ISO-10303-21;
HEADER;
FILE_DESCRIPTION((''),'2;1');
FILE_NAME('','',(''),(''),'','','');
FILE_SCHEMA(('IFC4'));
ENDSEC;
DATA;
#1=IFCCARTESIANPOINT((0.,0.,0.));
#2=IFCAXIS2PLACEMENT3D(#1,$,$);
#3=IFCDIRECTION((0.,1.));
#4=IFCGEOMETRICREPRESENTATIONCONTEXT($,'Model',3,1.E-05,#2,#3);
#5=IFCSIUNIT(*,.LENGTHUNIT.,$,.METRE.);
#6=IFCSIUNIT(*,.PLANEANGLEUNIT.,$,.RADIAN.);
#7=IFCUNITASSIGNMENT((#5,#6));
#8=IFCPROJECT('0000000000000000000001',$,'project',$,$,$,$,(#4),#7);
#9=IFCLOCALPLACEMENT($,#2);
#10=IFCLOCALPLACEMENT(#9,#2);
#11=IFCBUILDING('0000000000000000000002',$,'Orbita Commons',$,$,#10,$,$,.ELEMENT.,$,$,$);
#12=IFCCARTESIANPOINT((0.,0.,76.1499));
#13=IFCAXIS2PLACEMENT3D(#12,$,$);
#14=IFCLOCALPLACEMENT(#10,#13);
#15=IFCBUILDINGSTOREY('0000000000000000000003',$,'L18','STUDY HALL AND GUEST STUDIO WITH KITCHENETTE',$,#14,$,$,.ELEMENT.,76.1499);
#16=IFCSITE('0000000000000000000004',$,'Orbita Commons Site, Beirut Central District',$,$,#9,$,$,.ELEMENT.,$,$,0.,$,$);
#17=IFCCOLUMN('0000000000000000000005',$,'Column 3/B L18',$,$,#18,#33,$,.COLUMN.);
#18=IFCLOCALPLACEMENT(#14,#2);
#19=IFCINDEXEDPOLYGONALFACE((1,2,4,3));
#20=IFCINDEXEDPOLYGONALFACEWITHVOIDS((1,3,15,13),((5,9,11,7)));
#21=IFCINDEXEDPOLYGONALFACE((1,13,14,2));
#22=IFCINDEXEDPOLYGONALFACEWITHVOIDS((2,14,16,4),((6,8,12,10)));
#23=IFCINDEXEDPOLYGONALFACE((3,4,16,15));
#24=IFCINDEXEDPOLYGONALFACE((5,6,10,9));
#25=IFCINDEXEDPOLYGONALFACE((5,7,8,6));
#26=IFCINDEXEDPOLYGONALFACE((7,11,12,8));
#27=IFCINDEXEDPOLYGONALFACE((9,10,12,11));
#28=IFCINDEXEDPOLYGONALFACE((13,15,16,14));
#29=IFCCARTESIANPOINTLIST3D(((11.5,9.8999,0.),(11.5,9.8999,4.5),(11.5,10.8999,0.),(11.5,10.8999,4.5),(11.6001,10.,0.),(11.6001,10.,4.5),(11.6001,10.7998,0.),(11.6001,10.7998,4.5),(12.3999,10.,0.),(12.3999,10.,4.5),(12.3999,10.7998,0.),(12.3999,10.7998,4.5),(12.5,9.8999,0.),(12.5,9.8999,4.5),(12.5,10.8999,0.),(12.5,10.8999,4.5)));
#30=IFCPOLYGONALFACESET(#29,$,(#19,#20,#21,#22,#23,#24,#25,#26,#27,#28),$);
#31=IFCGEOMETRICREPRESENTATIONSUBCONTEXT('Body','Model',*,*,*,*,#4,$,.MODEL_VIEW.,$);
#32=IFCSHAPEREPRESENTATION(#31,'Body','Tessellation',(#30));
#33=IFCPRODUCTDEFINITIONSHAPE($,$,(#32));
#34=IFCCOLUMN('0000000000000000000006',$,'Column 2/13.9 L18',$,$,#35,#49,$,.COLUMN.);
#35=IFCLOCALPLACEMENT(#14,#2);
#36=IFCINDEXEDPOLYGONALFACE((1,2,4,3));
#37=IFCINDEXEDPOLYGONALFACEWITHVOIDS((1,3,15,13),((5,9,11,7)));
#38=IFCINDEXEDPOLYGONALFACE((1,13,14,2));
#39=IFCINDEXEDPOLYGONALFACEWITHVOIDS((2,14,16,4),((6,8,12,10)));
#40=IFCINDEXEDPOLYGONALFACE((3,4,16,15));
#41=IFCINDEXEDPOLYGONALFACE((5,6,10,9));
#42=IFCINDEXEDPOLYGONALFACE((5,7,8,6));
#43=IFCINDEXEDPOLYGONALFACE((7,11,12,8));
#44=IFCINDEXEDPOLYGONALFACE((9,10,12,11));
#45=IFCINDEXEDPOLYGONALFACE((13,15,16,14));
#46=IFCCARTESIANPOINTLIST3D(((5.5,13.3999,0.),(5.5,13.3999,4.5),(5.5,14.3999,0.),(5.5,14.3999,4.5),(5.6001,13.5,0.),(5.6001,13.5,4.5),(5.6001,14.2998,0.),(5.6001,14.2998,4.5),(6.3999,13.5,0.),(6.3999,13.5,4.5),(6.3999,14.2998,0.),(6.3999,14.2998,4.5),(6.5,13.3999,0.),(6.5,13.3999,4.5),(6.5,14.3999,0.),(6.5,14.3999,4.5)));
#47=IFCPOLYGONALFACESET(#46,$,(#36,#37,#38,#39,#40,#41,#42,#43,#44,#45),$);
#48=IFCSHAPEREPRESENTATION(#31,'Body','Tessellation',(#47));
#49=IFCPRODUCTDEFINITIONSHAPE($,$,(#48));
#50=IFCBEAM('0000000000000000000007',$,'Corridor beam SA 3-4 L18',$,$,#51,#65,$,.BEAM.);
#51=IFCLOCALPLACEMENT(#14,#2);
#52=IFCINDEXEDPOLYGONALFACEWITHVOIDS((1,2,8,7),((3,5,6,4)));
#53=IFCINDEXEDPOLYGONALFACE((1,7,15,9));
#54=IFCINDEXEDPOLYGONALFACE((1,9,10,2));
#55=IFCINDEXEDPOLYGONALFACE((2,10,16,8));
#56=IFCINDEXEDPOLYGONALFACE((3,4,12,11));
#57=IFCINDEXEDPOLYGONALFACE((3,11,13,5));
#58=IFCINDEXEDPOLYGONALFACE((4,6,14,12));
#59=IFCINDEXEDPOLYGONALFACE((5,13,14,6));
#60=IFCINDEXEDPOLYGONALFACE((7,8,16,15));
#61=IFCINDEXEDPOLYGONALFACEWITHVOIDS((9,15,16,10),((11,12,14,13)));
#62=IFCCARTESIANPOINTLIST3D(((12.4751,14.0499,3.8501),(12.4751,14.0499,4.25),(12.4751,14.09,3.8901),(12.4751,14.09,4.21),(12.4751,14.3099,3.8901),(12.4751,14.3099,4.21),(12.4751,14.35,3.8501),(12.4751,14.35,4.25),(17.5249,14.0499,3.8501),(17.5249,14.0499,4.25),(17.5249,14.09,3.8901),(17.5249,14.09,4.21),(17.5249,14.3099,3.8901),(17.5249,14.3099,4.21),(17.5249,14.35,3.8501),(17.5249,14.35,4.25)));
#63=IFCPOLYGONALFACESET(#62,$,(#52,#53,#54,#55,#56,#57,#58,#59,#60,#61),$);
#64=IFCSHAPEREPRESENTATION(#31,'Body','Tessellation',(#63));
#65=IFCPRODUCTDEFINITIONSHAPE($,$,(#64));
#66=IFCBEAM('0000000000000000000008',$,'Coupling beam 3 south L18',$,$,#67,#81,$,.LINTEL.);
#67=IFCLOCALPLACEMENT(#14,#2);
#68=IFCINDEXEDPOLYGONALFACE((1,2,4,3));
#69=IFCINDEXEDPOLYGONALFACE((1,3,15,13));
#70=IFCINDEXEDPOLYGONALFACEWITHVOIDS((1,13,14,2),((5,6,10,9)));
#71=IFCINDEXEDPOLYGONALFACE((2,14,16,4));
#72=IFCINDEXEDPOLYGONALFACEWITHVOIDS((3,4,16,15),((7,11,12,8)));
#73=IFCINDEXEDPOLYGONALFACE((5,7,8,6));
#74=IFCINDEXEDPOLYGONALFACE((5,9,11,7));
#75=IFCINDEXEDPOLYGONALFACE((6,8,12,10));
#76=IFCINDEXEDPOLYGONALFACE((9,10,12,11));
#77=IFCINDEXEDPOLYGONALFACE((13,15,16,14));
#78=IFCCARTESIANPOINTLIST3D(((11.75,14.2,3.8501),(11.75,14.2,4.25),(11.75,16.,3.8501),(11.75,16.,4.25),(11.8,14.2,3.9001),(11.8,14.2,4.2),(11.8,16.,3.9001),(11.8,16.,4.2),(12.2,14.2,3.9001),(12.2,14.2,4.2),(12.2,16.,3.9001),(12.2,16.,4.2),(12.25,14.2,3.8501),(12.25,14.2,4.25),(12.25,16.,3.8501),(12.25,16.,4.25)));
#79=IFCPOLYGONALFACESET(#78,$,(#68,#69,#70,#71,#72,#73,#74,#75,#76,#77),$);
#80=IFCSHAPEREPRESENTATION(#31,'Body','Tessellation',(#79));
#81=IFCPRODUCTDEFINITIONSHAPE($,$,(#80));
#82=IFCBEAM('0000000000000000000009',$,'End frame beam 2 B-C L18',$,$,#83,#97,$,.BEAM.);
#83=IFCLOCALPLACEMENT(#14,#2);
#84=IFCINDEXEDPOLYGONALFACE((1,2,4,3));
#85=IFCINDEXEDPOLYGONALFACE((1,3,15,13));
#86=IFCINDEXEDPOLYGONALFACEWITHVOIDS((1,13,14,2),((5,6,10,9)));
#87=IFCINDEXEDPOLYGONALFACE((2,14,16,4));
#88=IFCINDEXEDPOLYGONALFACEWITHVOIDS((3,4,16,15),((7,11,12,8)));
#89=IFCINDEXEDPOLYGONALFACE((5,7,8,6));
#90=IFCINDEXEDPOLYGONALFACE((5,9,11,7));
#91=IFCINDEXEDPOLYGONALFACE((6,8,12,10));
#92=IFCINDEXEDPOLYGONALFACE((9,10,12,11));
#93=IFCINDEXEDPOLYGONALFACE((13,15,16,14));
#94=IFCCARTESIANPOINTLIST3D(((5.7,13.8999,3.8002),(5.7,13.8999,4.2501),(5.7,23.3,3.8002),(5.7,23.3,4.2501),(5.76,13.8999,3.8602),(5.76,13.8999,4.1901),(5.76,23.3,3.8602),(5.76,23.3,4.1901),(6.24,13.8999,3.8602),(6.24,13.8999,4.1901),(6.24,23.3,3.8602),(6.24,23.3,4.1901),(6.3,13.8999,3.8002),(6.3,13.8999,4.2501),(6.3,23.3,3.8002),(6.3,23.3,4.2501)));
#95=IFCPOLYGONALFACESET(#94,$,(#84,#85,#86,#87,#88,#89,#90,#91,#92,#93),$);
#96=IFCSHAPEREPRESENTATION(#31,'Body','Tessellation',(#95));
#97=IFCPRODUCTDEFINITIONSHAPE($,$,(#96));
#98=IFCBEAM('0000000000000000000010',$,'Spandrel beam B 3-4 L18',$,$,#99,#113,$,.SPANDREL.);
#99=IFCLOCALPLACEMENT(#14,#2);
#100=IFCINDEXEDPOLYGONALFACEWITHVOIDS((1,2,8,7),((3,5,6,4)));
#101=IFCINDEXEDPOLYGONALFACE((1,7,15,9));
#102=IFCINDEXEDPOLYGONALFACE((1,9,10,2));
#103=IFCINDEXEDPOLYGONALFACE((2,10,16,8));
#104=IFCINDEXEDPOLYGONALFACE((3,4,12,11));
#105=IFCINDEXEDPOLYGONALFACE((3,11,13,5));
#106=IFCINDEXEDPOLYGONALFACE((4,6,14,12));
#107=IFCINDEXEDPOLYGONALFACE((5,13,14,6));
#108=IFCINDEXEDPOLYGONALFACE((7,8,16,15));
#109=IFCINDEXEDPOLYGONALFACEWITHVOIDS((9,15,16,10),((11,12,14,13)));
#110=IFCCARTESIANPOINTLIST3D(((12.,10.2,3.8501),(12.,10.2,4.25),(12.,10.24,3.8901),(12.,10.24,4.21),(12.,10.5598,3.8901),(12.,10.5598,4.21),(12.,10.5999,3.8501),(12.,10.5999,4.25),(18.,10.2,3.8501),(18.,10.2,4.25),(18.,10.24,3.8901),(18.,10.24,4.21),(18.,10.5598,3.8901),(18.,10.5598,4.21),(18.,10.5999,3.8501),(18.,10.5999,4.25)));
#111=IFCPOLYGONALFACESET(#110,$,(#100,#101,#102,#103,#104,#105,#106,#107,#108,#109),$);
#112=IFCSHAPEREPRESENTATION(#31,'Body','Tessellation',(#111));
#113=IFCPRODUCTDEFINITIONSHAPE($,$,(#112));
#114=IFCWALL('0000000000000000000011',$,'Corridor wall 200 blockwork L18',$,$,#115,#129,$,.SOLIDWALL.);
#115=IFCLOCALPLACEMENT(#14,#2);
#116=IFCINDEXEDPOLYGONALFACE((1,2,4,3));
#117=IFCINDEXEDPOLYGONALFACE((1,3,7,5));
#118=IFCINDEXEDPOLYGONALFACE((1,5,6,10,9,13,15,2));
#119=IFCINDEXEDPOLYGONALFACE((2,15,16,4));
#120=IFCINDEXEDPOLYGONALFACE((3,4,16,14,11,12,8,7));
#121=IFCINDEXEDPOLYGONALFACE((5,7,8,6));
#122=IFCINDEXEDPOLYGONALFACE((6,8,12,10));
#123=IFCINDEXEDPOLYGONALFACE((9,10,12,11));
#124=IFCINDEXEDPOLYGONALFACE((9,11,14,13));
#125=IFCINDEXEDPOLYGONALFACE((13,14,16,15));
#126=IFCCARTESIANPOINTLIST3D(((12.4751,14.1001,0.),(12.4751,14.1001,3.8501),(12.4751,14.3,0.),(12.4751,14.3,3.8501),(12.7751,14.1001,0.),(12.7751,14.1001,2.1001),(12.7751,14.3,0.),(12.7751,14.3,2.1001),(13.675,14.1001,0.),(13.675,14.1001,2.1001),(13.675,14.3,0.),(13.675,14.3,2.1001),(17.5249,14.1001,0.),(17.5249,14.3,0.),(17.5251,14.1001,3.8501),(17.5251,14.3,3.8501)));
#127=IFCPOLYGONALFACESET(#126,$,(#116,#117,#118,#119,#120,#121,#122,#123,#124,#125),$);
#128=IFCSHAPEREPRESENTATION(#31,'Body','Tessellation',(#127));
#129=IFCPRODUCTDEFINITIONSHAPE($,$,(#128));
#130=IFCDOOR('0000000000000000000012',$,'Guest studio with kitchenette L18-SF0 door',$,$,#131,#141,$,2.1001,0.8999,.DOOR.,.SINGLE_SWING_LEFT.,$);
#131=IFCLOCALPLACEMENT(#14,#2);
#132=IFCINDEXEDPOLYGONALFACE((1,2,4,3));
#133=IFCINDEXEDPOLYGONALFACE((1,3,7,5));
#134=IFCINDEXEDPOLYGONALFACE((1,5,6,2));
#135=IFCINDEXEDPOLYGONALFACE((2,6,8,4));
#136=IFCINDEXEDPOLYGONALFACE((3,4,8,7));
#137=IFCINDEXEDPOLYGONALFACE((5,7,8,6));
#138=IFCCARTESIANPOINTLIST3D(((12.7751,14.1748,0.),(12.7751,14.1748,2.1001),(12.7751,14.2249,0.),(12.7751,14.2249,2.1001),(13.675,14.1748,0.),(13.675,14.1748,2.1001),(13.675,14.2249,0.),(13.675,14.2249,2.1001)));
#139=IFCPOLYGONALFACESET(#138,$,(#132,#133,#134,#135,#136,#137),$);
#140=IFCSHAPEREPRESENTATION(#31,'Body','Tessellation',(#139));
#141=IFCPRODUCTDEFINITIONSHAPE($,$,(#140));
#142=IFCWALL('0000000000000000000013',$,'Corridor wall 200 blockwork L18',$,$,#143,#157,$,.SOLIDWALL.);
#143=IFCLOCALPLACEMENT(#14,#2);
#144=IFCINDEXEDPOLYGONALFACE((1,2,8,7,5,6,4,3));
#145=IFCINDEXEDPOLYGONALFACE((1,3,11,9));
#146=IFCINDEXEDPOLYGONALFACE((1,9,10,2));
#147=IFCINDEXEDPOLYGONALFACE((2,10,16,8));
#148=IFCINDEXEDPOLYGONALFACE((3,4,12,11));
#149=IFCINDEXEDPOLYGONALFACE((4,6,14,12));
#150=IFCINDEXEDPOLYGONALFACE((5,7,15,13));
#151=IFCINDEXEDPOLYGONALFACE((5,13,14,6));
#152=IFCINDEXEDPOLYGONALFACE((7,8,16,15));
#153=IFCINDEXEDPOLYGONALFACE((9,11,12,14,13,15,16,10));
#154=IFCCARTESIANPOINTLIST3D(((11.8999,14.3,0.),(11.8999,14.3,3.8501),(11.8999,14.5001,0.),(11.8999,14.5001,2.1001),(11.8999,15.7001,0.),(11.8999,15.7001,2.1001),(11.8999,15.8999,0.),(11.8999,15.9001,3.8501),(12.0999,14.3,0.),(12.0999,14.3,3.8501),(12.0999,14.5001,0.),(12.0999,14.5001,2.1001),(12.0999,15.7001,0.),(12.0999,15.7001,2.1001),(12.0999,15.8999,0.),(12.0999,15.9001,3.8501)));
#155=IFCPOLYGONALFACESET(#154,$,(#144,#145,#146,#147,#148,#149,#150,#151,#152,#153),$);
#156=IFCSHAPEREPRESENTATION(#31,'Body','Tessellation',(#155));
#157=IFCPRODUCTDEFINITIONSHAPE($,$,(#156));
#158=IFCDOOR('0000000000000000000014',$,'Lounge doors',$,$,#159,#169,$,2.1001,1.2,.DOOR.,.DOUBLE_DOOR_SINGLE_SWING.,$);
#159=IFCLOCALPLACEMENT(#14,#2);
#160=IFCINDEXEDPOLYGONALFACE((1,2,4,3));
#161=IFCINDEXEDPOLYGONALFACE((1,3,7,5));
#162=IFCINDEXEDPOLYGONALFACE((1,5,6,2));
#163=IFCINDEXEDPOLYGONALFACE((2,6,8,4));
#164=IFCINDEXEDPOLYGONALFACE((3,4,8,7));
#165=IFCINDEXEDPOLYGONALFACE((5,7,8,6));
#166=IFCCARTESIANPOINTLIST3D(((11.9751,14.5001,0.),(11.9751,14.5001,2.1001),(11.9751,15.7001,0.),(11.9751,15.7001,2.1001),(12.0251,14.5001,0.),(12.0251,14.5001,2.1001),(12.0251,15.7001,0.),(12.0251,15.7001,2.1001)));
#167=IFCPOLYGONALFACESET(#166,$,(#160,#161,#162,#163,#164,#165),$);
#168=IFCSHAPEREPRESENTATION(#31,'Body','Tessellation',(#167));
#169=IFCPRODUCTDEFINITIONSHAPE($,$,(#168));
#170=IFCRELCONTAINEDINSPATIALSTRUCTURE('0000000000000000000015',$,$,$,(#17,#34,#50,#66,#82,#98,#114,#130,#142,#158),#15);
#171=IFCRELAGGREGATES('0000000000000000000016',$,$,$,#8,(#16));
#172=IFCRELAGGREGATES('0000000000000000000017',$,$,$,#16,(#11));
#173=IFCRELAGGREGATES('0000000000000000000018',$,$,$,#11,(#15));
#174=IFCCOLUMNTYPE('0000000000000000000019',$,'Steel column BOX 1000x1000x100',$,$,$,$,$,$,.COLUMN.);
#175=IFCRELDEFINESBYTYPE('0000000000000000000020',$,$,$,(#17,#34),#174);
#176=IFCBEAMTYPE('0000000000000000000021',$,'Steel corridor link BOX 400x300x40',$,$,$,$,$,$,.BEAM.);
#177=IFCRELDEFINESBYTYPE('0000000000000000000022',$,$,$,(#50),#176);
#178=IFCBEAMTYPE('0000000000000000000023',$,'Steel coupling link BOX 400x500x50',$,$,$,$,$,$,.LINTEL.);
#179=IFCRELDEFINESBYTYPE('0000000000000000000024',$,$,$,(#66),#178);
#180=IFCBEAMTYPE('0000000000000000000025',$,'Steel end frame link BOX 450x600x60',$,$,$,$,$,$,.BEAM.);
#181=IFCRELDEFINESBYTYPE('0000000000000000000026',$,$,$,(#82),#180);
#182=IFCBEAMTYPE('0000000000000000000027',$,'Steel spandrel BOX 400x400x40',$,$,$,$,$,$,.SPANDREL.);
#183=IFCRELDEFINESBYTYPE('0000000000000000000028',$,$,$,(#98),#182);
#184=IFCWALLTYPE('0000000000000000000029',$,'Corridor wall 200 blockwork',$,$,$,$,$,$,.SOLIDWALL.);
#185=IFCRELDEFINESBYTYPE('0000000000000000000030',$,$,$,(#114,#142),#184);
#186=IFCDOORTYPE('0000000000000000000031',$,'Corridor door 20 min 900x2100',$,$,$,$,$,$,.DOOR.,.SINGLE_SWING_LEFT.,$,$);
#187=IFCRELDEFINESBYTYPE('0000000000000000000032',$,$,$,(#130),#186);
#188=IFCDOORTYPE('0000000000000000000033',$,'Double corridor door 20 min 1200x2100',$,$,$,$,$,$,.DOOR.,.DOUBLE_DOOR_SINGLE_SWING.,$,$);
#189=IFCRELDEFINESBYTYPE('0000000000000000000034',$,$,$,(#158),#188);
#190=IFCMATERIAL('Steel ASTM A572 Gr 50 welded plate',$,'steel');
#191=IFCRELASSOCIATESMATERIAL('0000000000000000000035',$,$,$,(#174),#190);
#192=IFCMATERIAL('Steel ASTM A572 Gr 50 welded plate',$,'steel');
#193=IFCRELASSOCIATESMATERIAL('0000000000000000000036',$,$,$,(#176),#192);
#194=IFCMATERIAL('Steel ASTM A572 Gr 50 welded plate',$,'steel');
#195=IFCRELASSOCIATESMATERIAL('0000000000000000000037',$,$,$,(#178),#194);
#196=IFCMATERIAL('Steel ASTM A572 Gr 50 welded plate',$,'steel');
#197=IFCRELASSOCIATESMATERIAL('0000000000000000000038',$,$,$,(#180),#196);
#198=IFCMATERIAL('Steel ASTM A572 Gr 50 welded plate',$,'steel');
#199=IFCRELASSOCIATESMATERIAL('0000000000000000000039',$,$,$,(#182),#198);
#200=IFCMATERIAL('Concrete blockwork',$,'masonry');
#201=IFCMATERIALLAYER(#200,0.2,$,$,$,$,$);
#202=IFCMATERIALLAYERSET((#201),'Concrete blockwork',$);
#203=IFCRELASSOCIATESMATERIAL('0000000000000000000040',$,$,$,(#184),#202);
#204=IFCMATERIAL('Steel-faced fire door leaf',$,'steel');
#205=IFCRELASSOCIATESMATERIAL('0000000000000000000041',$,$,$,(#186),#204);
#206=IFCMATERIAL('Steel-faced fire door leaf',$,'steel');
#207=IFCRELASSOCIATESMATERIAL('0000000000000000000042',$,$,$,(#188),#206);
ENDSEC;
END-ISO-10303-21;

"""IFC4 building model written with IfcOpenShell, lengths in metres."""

from ifc_helpers import new_model, si_unit, direction, frame, frame_2d, origin, origin_2d, place, context, subcontext, project, spatial, polyline, rectangle, hollow_rectangle, outline, extrude, material, layer, layer_set, material_profile, profile_set, type_object, element, fill, save


model = new_model("IFC4")

# Units and contexts
model_context = context("Model", 3, precision=1e-05, world=origin(), true_north=direction((0.0, 1.0)))
body_context = subcontext(model_context, "Body", "Model", "MODEL_VIEW")
ifc_project = project(units=[si_unit("LENGTHUNIT", "METRE"), si_unit("PLANEANGLEUNIT", "RADIAN")], contexts=[model_context])

# Site, building, storey
site_placement = place(None, origin())
site = spatial("IfcSite", under=ifc_project, at=site_placement, Name="Orbita Commons Site, Beirut Central District", CompositionType="ELEMENT", RefElevation=0.0)
building_placement = place(site_placement, origin())
building = spatial("IfcBuilding", under=site, at=building_placement, Name="Orbita Commons", CompositionType="ELEMENT")
storey_placement = place(building_placement, frame((0.0, 0.0, 76.1499)))
storey = spatial("IfcBuildingStorey", under=building, at=storey_placement, Name="L18", Description="STUDY HALL AND GUEST STUDIO WITH KITCHENETTE", CompositionType="ELEMENT", Elevation=76.1499)

# Columns
ifc_material_1 = material(Name="Steel ASTM A572 Gr 50 welded plate", Category="steel")
ifc_material_profile_1 = material_profile(ifc_material_1, hollow_rectangle(XDim=1.0, YDim=1.0, WallThickness=0.1001, at=origin_2d()), Name="BOX 1000x1000x100")
ifc_profile_set_1 = profile_set([ifc_material_profile_1], Name="Steel ASTM A572 Gr 50 welded plate")
column_type = type_object("IfcColumnType", Name="Steel column BOX 1000x1000x100", PredefinedType="COLUMN", material=ifc_profile_set_1)
for number, where, z_axis, x_axis, name in (
    (1, (12.0, 10.3999, 0.0), (0.0, 0.0, 1.0), (1.0, 0.0, 0.0), "Column 3/B L18"),
    (2, (6.0, 13.8999, 0.0), (0.0, 0.0, 1.0), (1.0, 0.0, 0.0), "Column 2/13.9 L18"),
):
    element("IfcColumn", number, at=place(storey_placement, frame(where, z_axis=z_axis, x_axis=x_axis)), inside=storey, type_object=column_type, Name=name, PredefinedType="COLUMN", context=body_context, shape_type="SweptSolid", body=[
        extrude(hollow_rectangle(XDim=1.0, YDim=1.0, WallThickness=0.1001, at=origin_2d()), origin(), (0.0, 0.0, 1.0), 4.5),
    ])

# Beams
ifc_material_2 = material(Name="Steel ASTM A572 Gr 50 welded plate", Category="steel")
ifc_material_profile_2 = material_profile(ifc_material_2, hollow_rectangle(XDim=0.3, YDim=0.3999, WallThickness=0.04, at=origin_2d()), Name="BOX 400x300x40")
ifc_profile_set_2 = profile_set([ifc_material_profile_2], Name="Steel ASTM A572 Gr 50 welded plate")
beam_type_1 = type_object("IfcBeamType", Name="Steel corridor link BOX 400x300x40", PredefinedType="BEAM", material=ifc_profile_set_2)
beam_1_placement = place(storey_placement, frame((12.4751, 14.2, 4.05), z_axis=(1.0, 0.0, 0.0), x_axis=(0.0, 1.0, 0.0)))
element("IfcBeam", 3, at=beam_1_placement, inside=storey, type_object=beam_type_1, Name="Corridor beam SA 3-4 L18", PredefinedType="BEAM", context=body_context, shape_type="SweptSolid", body=[
    extrude(hollow_rectangle(XDim=0.3, YDim=0.3999, WallThickness=0.04, at=origin_2d()), origin(), (0.0, 0.0, 1.0), 5.0498),
])
ifc_material_3 = material(Name="Steel ASTM A572 Gr 50 welded plate", Category="steel")
ifc_material_profile_3 = material_profile(ifc_material_3, hollow_rectangle(XDim=0.5, YDim=0.3999, WallThickness=0.05, at=origin_2d()), Name="BOX 400x500x50")
ifc_profile_set_3 = profile_set([ifc_material_profile_3], Name="Steel ASTM A572 Gr 50 welded plate")
beam_type_2 = type_object("IfcBeamType", Name="Steel coupling link BOX 400x500x50", PredefinedType="LINTEL", material=ifc_profile_set_3)
beam_2_placement = place(storey_placement, frame((12.0, 14.2, 4.05), z_axis=(0.0, 1.0, 0.0), x_axis=(-1.0, 0.0, 0.0)))
element("IfcBeam", 4, at=beam_2_placement, inside=storey, type_object=beam_type_2, Name="Coupling beam 3 south L18", PredefinedType="LINTEL", context=body_context, shape_type="SweptSolid", body=[
    extrude(hollow_rectangle(XDim=0.5, YDim=0.3999, WallThickness=0.05, at=origin_2d()), origin(), (0.0, 0.0, 1.0), 1.8),
])
ifc_material_4 = material(Name="Steel ASTM A572 Gr 50 welded plate", Category="steel")
ifc_material_profile_4 = material_profile(ifc_material_4, hollow_rectangle(XDim=0.6001, YDim=0.45, WallThickness=0.0601, at=origin_2d()), Name="BOX 450x600x60")
ifc_profile_set_4 = profile_set([ifc_material_profile_4], Name="Steel ASTM A572 Gr 50 welded plate")
beam_type_3 = type_object("IfcBeamType", Name="Steel end frame link BOX 450x600x60", PredefinedType="BEAM", material=ifc_profile_set_4)
beam_3_placement = place(storey_placement, frame((6.0, 13.8999, 4.0251), z_axis=(0.0, 1.0, 0.0), x_axis=(-1.0, 0.0, 0.0)))
element("IfcBeam", 5, at=beam_3_placement, inside=storey, type_object=beam_type_3, Name="End frame beam 2 B-C L18", PredefinedType="BEAM", context=body_context, shape_type="SweptSolid", body=[
    extrude(hollow_rectangle(XDim=0.6001, YDim=0.45, WallThickness=0.0601, at=origin_2d()), origin(), (0.0, 0.0, 1.0), 9.4001),
])
ifc_material_5 = material(Name="Steel ASTM A572 Gr 50 welded plate", Category="steel")
ifc_material_profile_5 = material_profile(ifc_material_5, hollow_rectangle(XDim=0.3999, YDim=0.3999, WallThickness=0.04, at=origin_2d()), Name="BOX 400x400x40")
ifc_profile_set_5 = profile_set([ifc_material_profile_5], Name="Steel ASTM A572 Gr 50 welded plate")
beam_type_4 = type_object("IfcBeamType", Name="Steel spandrel BOX 400x400x40", PredefinedType="SPANDREL", material=ifc_profile_set_5)
beam_4_placement = place(storey_placement, frame((12.0, 10.3999, 4.05), z_axis=(1.0, 0.0, 0.0), x_axis=(0.0, 1.0, 0.0)))
element("IfcBeam", 6, at=beam_4_placement, inside=storey, type_object=beam_type_4, Name="Spandrel beam B 3-4 L18", PredefinedType="SPANDREL", context=body_context, shape_type="SweptSolid", body=[
    extrude(hollow_rectangle(XDim=0.3999, YDim=0.3999, WallThickness=0.04, at=origin_2d()), origin(), (0.0, 0.0, 1.0), 6.0),
])

# Walls, openings, doors
ifc_material_6 = material(Name="Concrete blockwork", Category="masonry")
ifc_layer_1 = layer(ifc_material_6, 0.2)
ifc_layer_set_1 = layer_set([ifc_layer_1], Name="Concrete blockwork")
wall_type_1 = type_object("IfcWallType", Name="Corridor wall 200 blockwork", PredefinedType="SOLIDWALL", material=ifc_layer_set_1)
wall_1_placement = place(storey_placement, frame((12.4751, 14.2, 0.0), z_axis=(0.0, 0.0, 1.0), x_axis=(1.0, 0.0, 0.0)))
wall_1 = element("IfcWall", 7, at=wall_1_placement, inside=storey, type_object=wall_type_1, Name="Corridor wall 200 blockwork L18", PredefinedType="SOLIDWALL", context=body_context, shape_type="SweptSolid", body=[
    extrude(outline(polyline([(0.0, 0.0), (5.0498, 0.0), (5.05, 3.8501), (0.0, 3.8501), (0.0, 0.0)])), frame((0.0, 0.1001, 0.0), z_axis=(0.0, -1.0, 0.0), x_axis=(1.0, 0.0, 0.0)), (0.0, 0.0, 1.0), 0.2),
])
opening_1_placement = place(wall_1_placement, frame((0.3, 0.0, 0.0)))
opening_1 = element("IfcOpeningElement", 8, at=opening_1_placement, cuts=wall_1, PredefinedType="OPENING", context=body_context, shape_type="SweptSolid", body=[
    extrude(rectangle(XDim=0.8999, YDim=2.1001, at=frame_2d((0.45, 1.05))), frame((0.0, 0.1099, 0.0), z_axis=(0.0, -1.0, 0.0), x_axis=(1.0, 0.0, 0.0)), (0.0, 0.0, 1.0), 0.22),
])
ifc_material_7 = material(Name="Steel-faced fire door leaf", Category="steel")
door_type_1 = type_object("IfcDoorType", Name="Corridor door 20 min 900x2100", OperationType="SINGLE_SWING_LEFT", PredefinedType="DOOR", material=ifc_material_7)
door_1_placement = place(opening_1_placement, origin())
door_1 = element("IfcDoor", 9, at=door_1_placement, inside=storey, type_object=door_type_1, Name="Guest studio with kitchenette L18-SF0 door", OperationType="SINGLE_SWING_LEFT", OverallHeight=2.1001, OverallWidth=0.8999, PredefinedType="DOOR", context=body_context, shape_type="SweptSolid", body=[
    extrude(rectangle(XDim=0.8999, YDim=2.1001, at=frame_2d((0.45, 1.05))), frame((0.0, 0.0249, 0.0), z_axis=(0.0, -1.0, 0.0), x_axis=(1.0, 0.0, 0.0)), (0.0, 0.0, 1.0), 0.05),
])
fill(opening_1, door_1)
wall_2_placement = place(storey_placement, frame((12.0, 14.3, 0.0), z_axis=(0.0, 0.0, 1.0), x_axis=(0.0, 1.0, 0.0)))
wall_2 = element("IfcWall", 10, at=wall_2_placement, inside=storey, type_object=wall_type_1, Name="Corridor wall 200 blockwork L18", PredefinedType="SOLIDWALL", context=body_context, shape_type="SweptSolid", body=[
    extrude(outline(polyline([(0.0, 0.0), (1.5999, 0.0), (1.6001, 3.8501), (0.0, 3.8501), (0.0, 0.0)])), frame((0.0, 0.1001, 0.0), z_axis=(0.0, -1.0, 0.0), x_axis=(1.0, 0.0, 0.0)), (0.0, 0.0, 1.0), 0.2),
])
opening_2_placement = place(wall_2_placement, frame((0.2, 0.0, 0.0)))
opening_2 = element("IfcOpeningElement", 11, at=opening_2_placement, cuts=wall_2, PredefinedType="OPENING", context=body_context, shape_type="SweptSolid", body=[
    extrude(rectangle(XDim=1.2, YDim=2.1001, at=frame_2d((0.6001, 1.05))), frame((0.0, 0.1099, 0.0), z_axis=(0.0, -1.0, 0.0), x_axis=(1.0, 0.0, 0.0)), (0.0, 0.0, 1.0), 0.22),
])
ifc_material_8 = material(Name="Steel-faced fire door leaf", Category="steel")
door_type_2 = type_object("IfcDoorType", Name="Double corridor door 20 min 1200x2100", OperationType="DOUBLE_DOOR_SINGLE_SWING", PredefinedType="DOOR", material=ifc_material_8)
door_2_placement = place(opening_2_placement, origin())
door_2 = element("IfcDoor", 12, at=door_2_placement, inside=storey, type_object=door_type_2, Name="Lounge doors", OperationType="DOUBLE_DOOR_SINGLE_SWING", OverallHeight=2.1001, OverallWidth=1.2, PredefinedType="DOOR", context=body_context, shape_type="SweptSolid", body=[
    extrude(rectangle(XDim=1.2, YDim=2.1001, at=frame_2d((0.6001, 1.05))), frame((0.0, 0.0249, 0.0), z_axis=(0.0, -1.0, 0.0), x_axis=(1.0, 0.0, 0.0)), (0.0, 0.0, 1.0), 0.05),
])
fill(opening_2, door_2)

save(model, "model.ifc")
